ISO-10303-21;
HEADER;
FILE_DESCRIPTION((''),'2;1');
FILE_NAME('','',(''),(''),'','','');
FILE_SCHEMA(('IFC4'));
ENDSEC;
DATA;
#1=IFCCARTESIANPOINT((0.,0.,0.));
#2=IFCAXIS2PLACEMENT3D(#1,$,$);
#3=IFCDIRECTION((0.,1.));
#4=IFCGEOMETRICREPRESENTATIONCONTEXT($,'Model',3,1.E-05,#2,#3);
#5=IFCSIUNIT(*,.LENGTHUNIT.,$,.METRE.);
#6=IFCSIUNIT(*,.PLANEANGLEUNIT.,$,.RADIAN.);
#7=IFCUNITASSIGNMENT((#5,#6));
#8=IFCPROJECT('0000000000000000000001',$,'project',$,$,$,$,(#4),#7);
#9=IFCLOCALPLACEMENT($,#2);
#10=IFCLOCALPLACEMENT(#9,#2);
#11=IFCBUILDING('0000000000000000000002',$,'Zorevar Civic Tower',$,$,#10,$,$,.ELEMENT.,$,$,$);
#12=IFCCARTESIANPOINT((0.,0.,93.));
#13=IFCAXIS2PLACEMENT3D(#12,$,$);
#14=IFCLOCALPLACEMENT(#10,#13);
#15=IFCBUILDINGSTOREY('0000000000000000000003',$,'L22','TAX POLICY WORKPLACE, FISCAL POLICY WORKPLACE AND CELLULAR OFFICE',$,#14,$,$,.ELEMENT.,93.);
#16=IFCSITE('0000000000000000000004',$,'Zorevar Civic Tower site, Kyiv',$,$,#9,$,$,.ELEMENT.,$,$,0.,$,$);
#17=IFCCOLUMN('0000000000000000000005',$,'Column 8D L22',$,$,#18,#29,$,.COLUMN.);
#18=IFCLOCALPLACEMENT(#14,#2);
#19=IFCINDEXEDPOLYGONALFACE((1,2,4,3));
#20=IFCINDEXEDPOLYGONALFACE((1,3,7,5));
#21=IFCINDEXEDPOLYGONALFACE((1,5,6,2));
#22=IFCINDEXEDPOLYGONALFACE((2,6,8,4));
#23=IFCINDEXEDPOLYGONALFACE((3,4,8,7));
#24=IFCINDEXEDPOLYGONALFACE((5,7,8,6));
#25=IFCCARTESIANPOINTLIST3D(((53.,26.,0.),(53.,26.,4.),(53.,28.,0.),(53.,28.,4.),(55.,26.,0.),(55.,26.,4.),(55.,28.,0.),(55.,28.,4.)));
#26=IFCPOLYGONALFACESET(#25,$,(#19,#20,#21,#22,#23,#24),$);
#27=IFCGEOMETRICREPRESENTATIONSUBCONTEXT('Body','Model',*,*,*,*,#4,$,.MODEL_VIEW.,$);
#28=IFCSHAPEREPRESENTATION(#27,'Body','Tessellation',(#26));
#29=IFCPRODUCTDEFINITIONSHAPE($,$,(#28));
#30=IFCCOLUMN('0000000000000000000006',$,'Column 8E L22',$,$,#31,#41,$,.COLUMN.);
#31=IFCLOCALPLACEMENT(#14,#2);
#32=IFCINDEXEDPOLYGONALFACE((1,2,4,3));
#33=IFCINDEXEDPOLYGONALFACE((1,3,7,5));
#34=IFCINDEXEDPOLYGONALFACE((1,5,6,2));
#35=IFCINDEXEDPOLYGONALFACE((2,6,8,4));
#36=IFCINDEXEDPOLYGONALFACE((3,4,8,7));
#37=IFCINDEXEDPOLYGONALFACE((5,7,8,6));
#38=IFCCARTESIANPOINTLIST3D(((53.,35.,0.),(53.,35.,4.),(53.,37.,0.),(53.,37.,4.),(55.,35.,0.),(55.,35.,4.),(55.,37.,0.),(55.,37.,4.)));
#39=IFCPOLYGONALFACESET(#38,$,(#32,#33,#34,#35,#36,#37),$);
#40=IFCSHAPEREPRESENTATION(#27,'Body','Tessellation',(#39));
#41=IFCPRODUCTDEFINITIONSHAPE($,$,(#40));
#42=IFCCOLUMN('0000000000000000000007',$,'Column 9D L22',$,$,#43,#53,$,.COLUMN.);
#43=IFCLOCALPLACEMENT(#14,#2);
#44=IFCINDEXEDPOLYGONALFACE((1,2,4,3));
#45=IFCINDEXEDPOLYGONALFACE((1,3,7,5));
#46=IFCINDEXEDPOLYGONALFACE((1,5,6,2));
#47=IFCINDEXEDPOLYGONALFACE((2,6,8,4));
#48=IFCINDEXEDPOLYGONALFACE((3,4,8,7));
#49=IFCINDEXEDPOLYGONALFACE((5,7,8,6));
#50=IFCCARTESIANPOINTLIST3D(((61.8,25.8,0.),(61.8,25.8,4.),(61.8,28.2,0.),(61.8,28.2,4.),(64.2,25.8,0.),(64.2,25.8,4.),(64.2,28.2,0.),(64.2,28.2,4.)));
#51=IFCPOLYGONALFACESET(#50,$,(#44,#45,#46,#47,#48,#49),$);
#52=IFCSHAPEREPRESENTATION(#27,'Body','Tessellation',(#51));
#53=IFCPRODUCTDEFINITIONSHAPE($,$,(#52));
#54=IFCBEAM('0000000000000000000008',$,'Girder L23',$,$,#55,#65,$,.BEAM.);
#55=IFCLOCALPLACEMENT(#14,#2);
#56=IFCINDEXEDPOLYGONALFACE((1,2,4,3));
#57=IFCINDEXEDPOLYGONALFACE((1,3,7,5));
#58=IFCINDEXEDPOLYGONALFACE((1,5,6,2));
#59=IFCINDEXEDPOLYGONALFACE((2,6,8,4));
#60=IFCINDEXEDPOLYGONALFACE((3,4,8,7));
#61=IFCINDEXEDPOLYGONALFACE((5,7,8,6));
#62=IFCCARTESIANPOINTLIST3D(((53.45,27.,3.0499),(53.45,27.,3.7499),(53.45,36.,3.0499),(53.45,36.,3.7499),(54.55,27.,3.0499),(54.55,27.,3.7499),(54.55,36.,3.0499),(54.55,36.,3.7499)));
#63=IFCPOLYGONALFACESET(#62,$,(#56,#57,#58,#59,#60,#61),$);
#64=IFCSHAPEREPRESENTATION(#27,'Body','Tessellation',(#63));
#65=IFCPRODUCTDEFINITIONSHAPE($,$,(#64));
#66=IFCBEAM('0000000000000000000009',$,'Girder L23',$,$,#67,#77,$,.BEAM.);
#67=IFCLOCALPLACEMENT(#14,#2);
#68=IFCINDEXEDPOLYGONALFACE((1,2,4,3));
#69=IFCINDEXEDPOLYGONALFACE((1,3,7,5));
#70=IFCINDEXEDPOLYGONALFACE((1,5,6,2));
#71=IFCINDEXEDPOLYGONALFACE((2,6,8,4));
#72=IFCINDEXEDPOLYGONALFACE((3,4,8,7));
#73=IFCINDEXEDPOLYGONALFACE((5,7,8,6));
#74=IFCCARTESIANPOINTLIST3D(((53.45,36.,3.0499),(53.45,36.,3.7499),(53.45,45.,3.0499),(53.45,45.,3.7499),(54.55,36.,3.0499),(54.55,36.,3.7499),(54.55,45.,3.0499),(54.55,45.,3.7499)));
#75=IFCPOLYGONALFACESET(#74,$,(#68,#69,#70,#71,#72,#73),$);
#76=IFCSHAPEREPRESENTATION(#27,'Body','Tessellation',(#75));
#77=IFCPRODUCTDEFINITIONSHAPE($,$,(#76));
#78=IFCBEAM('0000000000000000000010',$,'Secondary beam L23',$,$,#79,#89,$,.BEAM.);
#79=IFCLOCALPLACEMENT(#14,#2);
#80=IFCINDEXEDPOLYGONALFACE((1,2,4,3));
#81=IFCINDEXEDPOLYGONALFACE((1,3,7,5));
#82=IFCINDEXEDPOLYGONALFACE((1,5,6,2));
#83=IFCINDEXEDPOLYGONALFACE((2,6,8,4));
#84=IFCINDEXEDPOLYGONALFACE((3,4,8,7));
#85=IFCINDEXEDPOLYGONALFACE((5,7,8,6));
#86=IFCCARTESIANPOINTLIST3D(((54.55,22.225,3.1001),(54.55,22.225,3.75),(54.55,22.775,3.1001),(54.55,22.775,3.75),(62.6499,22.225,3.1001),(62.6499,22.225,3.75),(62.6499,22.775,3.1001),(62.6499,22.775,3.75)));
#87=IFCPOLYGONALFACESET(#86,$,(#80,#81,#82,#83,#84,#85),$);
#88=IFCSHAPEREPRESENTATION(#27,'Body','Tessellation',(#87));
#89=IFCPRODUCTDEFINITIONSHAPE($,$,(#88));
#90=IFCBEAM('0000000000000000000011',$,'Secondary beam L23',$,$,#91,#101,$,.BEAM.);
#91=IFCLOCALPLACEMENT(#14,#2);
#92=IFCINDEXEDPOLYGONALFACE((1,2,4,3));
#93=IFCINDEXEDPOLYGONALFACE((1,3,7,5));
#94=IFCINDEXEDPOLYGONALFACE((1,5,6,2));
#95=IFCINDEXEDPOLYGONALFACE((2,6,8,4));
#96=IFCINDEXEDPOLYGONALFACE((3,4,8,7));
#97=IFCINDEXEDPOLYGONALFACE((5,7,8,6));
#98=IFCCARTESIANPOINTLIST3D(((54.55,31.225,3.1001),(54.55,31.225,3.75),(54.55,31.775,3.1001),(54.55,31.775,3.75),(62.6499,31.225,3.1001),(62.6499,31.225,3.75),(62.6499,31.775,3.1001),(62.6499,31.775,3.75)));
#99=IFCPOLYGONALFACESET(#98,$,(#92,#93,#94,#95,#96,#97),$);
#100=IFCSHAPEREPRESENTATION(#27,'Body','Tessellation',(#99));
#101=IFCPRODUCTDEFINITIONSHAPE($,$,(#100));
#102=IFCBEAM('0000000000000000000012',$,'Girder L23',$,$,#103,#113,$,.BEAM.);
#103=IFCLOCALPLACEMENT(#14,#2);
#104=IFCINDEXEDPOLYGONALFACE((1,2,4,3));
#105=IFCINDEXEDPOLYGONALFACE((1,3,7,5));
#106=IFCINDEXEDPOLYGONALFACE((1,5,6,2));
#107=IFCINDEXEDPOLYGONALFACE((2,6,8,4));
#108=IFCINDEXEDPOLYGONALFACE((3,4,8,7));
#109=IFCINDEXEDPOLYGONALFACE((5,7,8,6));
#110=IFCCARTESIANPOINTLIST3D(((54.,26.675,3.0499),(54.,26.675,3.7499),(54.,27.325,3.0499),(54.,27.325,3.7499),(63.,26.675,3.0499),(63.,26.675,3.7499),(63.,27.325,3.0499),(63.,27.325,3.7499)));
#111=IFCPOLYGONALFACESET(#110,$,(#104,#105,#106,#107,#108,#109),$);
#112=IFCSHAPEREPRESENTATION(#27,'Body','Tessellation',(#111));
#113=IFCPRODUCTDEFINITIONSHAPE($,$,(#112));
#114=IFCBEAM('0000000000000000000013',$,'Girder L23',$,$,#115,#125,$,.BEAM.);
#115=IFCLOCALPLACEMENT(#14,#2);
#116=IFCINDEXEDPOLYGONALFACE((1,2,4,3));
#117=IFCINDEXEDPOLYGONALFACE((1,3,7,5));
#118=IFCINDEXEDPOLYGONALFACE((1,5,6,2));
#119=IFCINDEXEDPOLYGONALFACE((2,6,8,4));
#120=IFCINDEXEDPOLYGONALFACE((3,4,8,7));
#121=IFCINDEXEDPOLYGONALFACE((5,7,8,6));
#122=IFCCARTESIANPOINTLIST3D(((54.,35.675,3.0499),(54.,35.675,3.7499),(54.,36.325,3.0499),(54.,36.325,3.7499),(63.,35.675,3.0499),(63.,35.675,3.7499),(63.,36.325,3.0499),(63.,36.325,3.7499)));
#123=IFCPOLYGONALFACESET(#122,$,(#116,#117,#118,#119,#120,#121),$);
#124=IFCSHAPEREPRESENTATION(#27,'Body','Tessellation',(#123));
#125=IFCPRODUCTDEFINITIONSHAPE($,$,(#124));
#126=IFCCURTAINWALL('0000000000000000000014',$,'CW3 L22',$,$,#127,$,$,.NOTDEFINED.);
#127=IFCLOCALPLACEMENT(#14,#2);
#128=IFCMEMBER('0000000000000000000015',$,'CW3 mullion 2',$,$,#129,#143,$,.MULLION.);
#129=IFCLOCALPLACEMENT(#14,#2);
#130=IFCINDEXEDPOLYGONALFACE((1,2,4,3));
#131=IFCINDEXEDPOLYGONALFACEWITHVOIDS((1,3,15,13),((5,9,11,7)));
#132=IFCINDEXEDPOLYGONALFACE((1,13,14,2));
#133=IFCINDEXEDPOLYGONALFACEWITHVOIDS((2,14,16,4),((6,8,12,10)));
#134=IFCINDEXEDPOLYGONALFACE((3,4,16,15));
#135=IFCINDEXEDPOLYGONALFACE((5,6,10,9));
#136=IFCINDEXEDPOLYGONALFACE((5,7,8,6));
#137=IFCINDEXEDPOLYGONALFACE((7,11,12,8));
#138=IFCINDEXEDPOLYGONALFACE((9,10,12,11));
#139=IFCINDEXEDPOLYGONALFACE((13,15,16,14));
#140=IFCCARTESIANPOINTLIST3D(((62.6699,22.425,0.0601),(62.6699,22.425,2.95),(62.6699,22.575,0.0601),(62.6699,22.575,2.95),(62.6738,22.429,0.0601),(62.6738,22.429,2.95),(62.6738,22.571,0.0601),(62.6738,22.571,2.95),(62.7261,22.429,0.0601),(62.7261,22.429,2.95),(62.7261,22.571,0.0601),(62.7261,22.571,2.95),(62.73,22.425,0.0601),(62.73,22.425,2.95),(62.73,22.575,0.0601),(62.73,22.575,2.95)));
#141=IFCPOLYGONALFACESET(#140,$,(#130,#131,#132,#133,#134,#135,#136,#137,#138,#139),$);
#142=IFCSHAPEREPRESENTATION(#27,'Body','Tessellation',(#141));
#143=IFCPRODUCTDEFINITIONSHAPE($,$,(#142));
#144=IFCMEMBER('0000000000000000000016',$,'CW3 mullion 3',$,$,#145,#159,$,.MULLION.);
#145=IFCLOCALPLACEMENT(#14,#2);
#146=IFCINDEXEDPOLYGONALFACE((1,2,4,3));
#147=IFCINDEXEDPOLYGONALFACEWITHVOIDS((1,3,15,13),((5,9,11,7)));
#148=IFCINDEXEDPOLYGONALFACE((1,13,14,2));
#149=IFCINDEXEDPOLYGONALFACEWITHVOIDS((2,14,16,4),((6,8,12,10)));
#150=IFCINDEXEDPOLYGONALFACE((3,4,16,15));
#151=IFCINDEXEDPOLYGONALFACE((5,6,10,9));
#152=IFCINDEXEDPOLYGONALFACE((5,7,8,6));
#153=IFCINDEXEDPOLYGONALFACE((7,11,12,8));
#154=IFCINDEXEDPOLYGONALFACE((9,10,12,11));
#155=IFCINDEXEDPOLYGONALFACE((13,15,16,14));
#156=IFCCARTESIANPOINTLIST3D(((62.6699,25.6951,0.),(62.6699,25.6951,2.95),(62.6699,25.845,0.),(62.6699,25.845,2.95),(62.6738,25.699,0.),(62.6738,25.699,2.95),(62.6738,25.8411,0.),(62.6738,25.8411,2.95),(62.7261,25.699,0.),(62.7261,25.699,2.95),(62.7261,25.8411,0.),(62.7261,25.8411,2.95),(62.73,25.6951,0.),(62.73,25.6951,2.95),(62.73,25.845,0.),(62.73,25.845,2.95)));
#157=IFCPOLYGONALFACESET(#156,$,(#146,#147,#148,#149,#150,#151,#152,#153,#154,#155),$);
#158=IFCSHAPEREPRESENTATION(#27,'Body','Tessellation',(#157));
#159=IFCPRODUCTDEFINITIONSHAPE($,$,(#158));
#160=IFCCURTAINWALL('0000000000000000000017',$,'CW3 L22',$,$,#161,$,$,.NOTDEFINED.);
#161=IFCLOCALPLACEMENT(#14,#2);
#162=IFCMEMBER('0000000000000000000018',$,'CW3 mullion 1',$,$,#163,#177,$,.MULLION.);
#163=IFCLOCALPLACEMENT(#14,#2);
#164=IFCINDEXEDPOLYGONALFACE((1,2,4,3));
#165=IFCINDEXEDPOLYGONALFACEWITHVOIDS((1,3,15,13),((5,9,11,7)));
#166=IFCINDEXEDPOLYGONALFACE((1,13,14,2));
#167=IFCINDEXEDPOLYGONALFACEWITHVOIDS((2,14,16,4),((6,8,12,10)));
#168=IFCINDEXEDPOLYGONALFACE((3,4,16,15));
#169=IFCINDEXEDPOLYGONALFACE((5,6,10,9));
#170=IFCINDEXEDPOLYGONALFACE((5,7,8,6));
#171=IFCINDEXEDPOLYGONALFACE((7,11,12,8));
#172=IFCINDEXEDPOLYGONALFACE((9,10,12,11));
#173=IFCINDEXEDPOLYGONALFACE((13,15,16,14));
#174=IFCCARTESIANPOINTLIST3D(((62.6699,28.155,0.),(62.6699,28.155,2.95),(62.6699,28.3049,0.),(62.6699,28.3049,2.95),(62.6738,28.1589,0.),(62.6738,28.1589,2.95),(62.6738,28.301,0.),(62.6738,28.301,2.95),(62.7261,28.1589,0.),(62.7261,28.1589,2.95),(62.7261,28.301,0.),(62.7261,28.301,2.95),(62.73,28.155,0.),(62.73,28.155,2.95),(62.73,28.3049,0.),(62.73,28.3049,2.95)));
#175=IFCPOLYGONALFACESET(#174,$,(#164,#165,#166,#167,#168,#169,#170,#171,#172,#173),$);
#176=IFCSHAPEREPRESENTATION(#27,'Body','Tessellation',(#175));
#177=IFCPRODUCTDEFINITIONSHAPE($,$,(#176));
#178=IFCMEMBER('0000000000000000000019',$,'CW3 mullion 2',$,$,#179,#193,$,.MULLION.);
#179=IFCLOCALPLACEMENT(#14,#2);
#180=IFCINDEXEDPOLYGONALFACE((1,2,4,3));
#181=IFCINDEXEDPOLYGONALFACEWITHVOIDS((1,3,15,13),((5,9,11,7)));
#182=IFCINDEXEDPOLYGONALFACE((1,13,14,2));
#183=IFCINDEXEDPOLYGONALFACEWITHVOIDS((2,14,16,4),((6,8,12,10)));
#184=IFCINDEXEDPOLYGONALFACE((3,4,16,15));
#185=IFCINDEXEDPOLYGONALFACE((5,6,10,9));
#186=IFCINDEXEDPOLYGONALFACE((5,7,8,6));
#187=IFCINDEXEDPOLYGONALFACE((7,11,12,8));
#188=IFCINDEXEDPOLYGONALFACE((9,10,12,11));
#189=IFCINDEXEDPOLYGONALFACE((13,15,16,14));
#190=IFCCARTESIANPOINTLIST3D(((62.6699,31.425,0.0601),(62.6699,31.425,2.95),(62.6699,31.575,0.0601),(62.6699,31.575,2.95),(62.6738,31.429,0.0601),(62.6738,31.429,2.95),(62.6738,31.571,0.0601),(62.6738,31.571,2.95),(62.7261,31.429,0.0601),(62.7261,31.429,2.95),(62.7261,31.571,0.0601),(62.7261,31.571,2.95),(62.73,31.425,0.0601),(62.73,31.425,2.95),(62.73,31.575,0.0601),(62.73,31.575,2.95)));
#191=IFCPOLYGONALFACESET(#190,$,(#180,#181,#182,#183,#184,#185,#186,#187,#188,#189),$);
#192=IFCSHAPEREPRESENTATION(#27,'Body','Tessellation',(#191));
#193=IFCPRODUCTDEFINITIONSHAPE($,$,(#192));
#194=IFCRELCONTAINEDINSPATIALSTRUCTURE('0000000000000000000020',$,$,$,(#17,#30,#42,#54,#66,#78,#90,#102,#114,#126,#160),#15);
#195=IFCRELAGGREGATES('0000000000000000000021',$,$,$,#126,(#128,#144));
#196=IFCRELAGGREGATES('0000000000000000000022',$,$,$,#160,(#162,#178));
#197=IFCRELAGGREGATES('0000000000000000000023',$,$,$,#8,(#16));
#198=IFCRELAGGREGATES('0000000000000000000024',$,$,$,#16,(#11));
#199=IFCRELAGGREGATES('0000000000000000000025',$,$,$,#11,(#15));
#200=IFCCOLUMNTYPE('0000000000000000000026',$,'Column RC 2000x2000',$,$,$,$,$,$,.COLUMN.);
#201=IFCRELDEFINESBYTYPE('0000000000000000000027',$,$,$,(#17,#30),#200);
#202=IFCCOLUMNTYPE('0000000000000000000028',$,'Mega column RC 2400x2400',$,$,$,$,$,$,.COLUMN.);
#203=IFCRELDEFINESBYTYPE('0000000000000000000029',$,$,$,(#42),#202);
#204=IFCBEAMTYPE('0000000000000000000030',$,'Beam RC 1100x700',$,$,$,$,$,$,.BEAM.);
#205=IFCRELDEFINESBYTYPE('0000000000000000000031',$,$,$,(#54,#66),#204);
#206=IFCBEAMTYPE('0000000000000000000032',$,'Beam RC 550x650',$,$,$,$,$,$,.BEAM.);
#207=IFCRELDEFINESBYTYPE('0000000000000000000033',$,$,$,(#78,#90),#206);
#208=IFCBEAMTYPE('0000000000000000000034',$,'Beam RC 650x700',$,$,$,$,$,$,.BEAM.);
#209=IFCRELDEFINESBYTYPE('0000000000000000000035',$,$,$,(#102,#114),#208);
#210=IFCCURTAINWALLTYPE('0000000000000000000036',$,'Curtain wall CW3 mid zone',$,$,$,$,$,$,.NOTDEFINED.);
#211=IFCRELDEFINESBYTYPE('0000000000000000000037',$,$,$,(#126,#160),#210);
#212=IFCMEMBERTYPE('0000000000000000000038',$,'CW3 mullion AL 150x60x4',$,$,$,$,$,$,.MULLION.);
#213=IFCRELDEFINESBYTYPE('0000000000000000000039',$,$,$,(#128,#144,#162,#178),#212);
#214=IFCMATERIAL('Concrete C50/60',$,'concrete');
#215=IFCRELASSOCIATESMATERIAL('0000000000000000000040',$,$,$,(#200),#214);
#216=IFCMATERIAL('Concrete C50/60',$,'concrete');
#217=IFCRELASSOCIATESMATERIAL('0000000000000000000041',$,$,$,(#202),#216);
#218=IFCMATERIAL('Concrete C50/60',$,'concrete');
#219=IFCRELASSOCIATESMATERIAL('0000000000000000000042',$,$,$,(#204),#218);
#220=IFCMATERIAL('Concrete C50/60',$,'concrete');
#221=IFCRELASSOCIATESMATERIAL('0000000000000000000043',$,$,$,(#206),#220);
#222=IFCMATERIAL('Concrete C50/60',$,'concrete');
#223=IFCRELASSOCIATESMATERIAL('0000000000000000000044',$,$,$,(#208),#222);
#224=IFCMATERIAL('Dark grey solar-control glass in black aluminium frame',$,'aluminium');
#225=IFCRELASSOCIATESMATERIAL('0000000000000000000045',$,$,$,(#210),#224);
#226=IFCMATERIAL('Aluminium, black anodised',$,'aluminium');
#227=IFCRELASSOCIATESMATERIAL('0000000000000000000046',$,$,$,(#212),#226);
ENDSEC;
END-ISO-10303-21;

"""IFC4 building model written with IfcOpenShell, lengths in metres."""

from ifc_helpers import new_model, si_unit, direction, frame, origin, origin_2d, place, context, subcontext, project, spatial, rectangle, hollow_rectangle, extrude, material, material_profile, profile_set, type_object, element, aggregate, save


model = new_model("IFC4")

# Units and contexts
model_context = context("Model", 3, precision=1e-05, world=origin(), true_north=direction((0.0, 1.0)))
body_context = subcontext(model_context, "Body", "Model", "MODEL_VIEW")
ifc_project = project(units=[si_unit("LENGTHUNIT", "METRE"), si_unit("PLANEANGLEUNIT", "RADIAN")], contexts=[model_context])

# Site, building, storey
site_placement = place(None, origin())
site = spatial("IfcSite", under=ifc_project, at=site_placement, Name="Zorevar Civic Tower site, Kyiv", CompositionType="ELEMENT", RefElevation=0.0)
building_placement = place(site_placement, origin())
building = spatial("IfcBuilding", under=site, at=building_placement, Name="Zorevar Civic Tower", CompositionType="ELEMENT")
storey_placement = place(building_placement, frame((0.0, 0.0, 93.0)))
storey = spatial("IfcBuildingStorey", under=building, at=storey_placement, Name="L22", Description="TAX POLICY WORKPLACE, FISCAL POLICY WORKPLACE AND CELLULAR OFFICE", CompositionType="ELEMENT", Elevation=93.0)

# Columns
ifc_material_1 = material(Name="Concrete C50/60", Category="concrete")
ifc_material_profile_1 = material_profile(ifc_material_1, rectangle(XDim=2.0, YDim=2.0, at=origin_2d()), Name="RC 2000x2000")
ifc_profile_set_1 = profile_set([ifc_material_profile_1], Name="Concrete C50/60")
column_type_1 = type_object("IfcColumnType", Name="Column RC 2000x2000", PredefinedType="COLUMN", material=ifc_profile_set_1)
for number, where, z_axis, x_axis, name in (
    (1, (54.0, 27.0, 0.0), (0.0, 0.0, 1.0), (1.0, 0.0, 0.0), "Column 8D L22"),
    (2, (54.0, 36.0, 0.0), (0.0, 0.0, 1.0), (1.0, 0.0, 0.0), "Column 8E L22"),
):
    element("IfcColumn", number, at=place(storey_placement, frame(where, z_axis=z_axis, x_axis=x_axis)), inside=storey, type_object=column_type_1, Name=name, PredefinedType="COLUMN", context=body_context, shape_type="SweptSolid", body=[
        extrude(rectangle(XDim=2.0, YDim=2.0, at=origin_2d()), origin(), (0.0, 0.0, 1.0), 4.0),
    ])
ifc_material_2 = material(Name="Concrete C50/60", Category="concrete")
ifc_material_profile_2 = material_profile(ifc_material_2, rectangle(XDim=2.3999, YDim=2.3999, at=origin_2d()), Name="RC 2400x2400")
ifc_profile_set_2 = profile_set([ifc_material_profile_2], Name="Concrete C50/60")
column_type_2 = type_object("IfcColumnType", Name="Mega column RC 2400x2400", PredefinedType="COLUMN", material=ifc_profile_set_2)
column_placement = place(storey_placement, frame((63.0, 27.0, 0.0), z_axis=(0.0, 0.0, 1.0), x_axis=(1.0, 0.0, 0.0)))
element("IfcColumn", 3, at=column_placement, inside=storey, type_object=column_type_2, Name="Column 9D L22", PredefinedType="COLUMN", context=body_context, shape_type="SweptSolid", body=[
    extrude(rectangle(XDim=2.3999, YDim=2.3999, at=origin_2d()), origin(), (0.0, 0.0, 1.0), 4.0),
])

# Beams
ifc_material_3 = material(Name="Concrete C50/60", Category="concrete")
ifc_material_profile_3 = material_profile(ifc_material_3, rectangle(XDim=1.1001, YDim=0.7, at=origin_2d()), Name="RC 1100x700")
ifc_profile_set_3 = profile_set([ifc_material_profile_3], Name="Concrete C50/60")
beam_type_1 = type_object("IfcBeamType", Name="Beam RC 1100x700", PredefinedType="BEAM", material=ifc_profile_set_3)
for number, where, z_axis, x_axis, name in (
    (4, (54.0, 27.0, 3.3999), (0.0, 1.0, 0.0), (-1.0, 0.0, 0.0), "Girder L23"),
    (5, (54.0, 36.0, 3.3999), (0.0, 1.0, 0.0), (-1.0, 0.0, 0.0), "Girder L23"),
):
    element("IfcBeam", number, at=place(storey_placement, frame(where, z_axis=z_axis, x_axis=x_axis)), inside=storey, type_object=beam_type_1, Name=name, PredefinedType="BEAM", context=body_context, shape_type="SweptSolid", body=[
        extrude(rectangle(XDim=1.1001, YDim=0.7, at=origin_2d()), origin(), (0.0, 0.0, 1.0), 9.0),
    ])
ifc_material_4 = material(Name="Concrete C50/60", Category="concrete")
ifc_material_profile_4 = material_profile(ifc_material_4, rectangle(XDim=0.55, YDim=0.6499, at=origin_2d()), Name="RC 550x650")
ifc_profile_set_4 = profile_set([ifc_material_profile_4], Name="Concrete C50/60")
beam_type_2 = type_object("IfcBeamType", Name="Beam RC 550x650", PredefinedType="BEAM", material=ifc_profile_set_4)
for number, where, z_axis, x_axis, name in (
    (6, (54.55, 22.5, 3.425), (1.0, 0.0, 0.0), (0.0, 1.0, 0.0), "Secondary beam L23"),
    (7, (54.55, 31.5, 3.425), (1.0, 0.0, 0.0), (0.0, 1.0, 0.0), "Secondary beam L23"),
):
    element("IfcBeam", number, at=place(storey_placement, frame(where, z_axis=z_axis, x_axis=x_axis)), inside=storey, type_object=beam_type_2, Name=name, PredefinedType="BEAM", context=body_context, shape_type="SweptSolid", body=[
        extrude(rectangle(XDim=0.55, YDim=0.6499, at=origin_2d()), origin(), (0.0, 0.0, 1.0), 8.0999),
    ])
ifc_material_5 = material(Name="Concrete C50/60", Category="concrete")
ifc_material_profile_5 = material_profile(ifc_material_5, rectangle(XDim=0.6499, YDim=0.7, at=origin_2d()), Name="RC 650x700")
ifc_profile_set_5 = profile_set([ifc_material_profile_5], Name="Concrete C50/60")
beam_type_3 = type_object("IfcBeamType", Name="Beam RC 650x700", PredefinedType="BEAM", material=ifc_profile_set_5)
for number, where, z_axis, x_axis, name in (
    (8, (54.0, 27.0, 3.3999), (1.0, 0.0, 0.0), (0.0, 1.0, 0.0), "Girder L23"),
    (9, (54.0, 36.0, 3.3999), (1.0, 0.0, 0.0), (0.0, 1.0, 0.0), "Girder L23"),
):
    element("IfcBeam", number, at=place(storey_placement, frame(where, z_axis=z_axis, x_axis=x_axis)), inside=storey, type_object=beam_type_3, Name=name, PredefinedType="BEAM", context=body_context, shape_type="SweptSolid", body=[
        extrude(rectangle(XDim=0.6499, YDim=0.7, at=origin_2d()), origin(), (0.0, 0.0, 1.0), 9.0),
    ])

# Curtain walls, members
ifc_material_6 = material(Name="Dark grey solar-control glass in black aluminium frame", Category="aluminium")
curtain_wall_type = type_object("IfcCurtainWallType", Name="Curtain wall CW3 mid zone", PredefinedType="NOTDEFINED", material=ifc_material_6)
curtain_wall_1_placement = place(storey_placement, origin())
curtain_wall_1 = element("IfcCurtainWall", 10, at=curtain_wall_1_placement, inside=storey, type_object=curtain_wall_type, Name="CW3 L22", PredefinedType="NOTDEFINED")
ifc_material_7 = material(Name="Aluminium, black anodised", Category="aluminium")
ifc_material_profile_6 = material_profile(ifc_material_7, hollow_rectangle(XDim=0.0601, YDim=0.1499, WallThickness=0.0039, at=origin_2d()), Name="AL 150x60x4")
ifc_profile_set_6 = profile_set([ifc_material_profile_6], Name="Aluminium, black anodised")
member_type_1 = type_object("IfcMemberType", Name="CW3 mullion AL 150x60x4", PredefinedType="MULLION", material=ifc_profile_set_6)
member_1_placement = place(storey_placement, frame((62.7, 22.5, 0.0601), z_axis=(0.0, 0.0, 1.0), x_axis=(-1.0, 0.0, 0.0)))
member_1 = element("IfcMember", 11, at=member_1_placement, type_object=member_type_1, Name="CW3 mullion 2", PredefinedType="MULLION", context=body_context, shape_type="SweptSolid", body=[
    extrude(hollow_rectangle(XDim=0.0601, YDim=0.1499, WallThickness=0.0039, at=origin_2d()), origin(), (0.0, 0.0, 1.0), 2.8899),
])
member_2_placement = place(storey_placement, frame((62.7, 25.77, 0.0), z_axis=(0.0, 0.0, 1.0), x_axis=(-1.0, 0.0, 0.0)))
member_2 = element("IfcMember", 12, at=member_2_placement, type_object=member_type_1, Name="CW3 mullion 3", PredefinedType="MULLION", context=body_context, shape_type="SweptSolid", body=[
    extrude(hollow_rectangle(XDim=0.0601, YDim=0.1499, WallThickness=0.0039, at=origin_2d()), origin(), (0.0, 0.0, 1.0), 2.95),
])
curtain_wall_2_placement = place(storey_placement, origin())
curtain_wall_2 = element("IfcCurtainWall", 13, at=curtain_wall_2_placement, inside=storey, type_object=curtain_wall_type, Name="CW3 L22", PredefinedType="NOTDEFINED")
member_3_placement = place(storey_placement, frame((62.7, 28.23, 0.0), z_axis=(0.0, 0.0, 1.0), x_axis=(-1.0, 0.0, 0.0)))
member_3 = element("IfcMember", 14, at=member_3_placement, type_object=member_type_1, Name="CW3 mullion 1", PredefinedType="MULLION", context=body_context, shape_type="SweptSolid", body=[
    extrude(hollow_rectangle(XDim=0.0601, YDim=0.1499, WallThickness=0.0039, at=origin_2d()), origin(), (0.0, 0.0, 1.0), 2.95),
])
member_4_placement = place(storey_placement, frame((62.7, 31.5, 0.0601), z_axis=(0.0, 0.0, 1.0), x_axis=(-1.0, 0.0, 0.0)))
member_4 = element("IfcMember", 15, at=member_4_placement, type_object=member_type_1, Name="CW3 mullion 2", PredefinedType="MULLION", context=body_context, shape_type="SweptSolid", body=[
    extrude(hollow_rectangle(XDim=0.0601, YDim=0.1499, WallThickness=0.0039, at=origin_2d()), origin(), (0.0, 0.0, 1.0), 2.8899),
])

aggregate(curtain_wall_1, [member_1, member_2])
aggregate(curtain_wall_2, [member_3, member_4])

save(model, "model.ifc")
